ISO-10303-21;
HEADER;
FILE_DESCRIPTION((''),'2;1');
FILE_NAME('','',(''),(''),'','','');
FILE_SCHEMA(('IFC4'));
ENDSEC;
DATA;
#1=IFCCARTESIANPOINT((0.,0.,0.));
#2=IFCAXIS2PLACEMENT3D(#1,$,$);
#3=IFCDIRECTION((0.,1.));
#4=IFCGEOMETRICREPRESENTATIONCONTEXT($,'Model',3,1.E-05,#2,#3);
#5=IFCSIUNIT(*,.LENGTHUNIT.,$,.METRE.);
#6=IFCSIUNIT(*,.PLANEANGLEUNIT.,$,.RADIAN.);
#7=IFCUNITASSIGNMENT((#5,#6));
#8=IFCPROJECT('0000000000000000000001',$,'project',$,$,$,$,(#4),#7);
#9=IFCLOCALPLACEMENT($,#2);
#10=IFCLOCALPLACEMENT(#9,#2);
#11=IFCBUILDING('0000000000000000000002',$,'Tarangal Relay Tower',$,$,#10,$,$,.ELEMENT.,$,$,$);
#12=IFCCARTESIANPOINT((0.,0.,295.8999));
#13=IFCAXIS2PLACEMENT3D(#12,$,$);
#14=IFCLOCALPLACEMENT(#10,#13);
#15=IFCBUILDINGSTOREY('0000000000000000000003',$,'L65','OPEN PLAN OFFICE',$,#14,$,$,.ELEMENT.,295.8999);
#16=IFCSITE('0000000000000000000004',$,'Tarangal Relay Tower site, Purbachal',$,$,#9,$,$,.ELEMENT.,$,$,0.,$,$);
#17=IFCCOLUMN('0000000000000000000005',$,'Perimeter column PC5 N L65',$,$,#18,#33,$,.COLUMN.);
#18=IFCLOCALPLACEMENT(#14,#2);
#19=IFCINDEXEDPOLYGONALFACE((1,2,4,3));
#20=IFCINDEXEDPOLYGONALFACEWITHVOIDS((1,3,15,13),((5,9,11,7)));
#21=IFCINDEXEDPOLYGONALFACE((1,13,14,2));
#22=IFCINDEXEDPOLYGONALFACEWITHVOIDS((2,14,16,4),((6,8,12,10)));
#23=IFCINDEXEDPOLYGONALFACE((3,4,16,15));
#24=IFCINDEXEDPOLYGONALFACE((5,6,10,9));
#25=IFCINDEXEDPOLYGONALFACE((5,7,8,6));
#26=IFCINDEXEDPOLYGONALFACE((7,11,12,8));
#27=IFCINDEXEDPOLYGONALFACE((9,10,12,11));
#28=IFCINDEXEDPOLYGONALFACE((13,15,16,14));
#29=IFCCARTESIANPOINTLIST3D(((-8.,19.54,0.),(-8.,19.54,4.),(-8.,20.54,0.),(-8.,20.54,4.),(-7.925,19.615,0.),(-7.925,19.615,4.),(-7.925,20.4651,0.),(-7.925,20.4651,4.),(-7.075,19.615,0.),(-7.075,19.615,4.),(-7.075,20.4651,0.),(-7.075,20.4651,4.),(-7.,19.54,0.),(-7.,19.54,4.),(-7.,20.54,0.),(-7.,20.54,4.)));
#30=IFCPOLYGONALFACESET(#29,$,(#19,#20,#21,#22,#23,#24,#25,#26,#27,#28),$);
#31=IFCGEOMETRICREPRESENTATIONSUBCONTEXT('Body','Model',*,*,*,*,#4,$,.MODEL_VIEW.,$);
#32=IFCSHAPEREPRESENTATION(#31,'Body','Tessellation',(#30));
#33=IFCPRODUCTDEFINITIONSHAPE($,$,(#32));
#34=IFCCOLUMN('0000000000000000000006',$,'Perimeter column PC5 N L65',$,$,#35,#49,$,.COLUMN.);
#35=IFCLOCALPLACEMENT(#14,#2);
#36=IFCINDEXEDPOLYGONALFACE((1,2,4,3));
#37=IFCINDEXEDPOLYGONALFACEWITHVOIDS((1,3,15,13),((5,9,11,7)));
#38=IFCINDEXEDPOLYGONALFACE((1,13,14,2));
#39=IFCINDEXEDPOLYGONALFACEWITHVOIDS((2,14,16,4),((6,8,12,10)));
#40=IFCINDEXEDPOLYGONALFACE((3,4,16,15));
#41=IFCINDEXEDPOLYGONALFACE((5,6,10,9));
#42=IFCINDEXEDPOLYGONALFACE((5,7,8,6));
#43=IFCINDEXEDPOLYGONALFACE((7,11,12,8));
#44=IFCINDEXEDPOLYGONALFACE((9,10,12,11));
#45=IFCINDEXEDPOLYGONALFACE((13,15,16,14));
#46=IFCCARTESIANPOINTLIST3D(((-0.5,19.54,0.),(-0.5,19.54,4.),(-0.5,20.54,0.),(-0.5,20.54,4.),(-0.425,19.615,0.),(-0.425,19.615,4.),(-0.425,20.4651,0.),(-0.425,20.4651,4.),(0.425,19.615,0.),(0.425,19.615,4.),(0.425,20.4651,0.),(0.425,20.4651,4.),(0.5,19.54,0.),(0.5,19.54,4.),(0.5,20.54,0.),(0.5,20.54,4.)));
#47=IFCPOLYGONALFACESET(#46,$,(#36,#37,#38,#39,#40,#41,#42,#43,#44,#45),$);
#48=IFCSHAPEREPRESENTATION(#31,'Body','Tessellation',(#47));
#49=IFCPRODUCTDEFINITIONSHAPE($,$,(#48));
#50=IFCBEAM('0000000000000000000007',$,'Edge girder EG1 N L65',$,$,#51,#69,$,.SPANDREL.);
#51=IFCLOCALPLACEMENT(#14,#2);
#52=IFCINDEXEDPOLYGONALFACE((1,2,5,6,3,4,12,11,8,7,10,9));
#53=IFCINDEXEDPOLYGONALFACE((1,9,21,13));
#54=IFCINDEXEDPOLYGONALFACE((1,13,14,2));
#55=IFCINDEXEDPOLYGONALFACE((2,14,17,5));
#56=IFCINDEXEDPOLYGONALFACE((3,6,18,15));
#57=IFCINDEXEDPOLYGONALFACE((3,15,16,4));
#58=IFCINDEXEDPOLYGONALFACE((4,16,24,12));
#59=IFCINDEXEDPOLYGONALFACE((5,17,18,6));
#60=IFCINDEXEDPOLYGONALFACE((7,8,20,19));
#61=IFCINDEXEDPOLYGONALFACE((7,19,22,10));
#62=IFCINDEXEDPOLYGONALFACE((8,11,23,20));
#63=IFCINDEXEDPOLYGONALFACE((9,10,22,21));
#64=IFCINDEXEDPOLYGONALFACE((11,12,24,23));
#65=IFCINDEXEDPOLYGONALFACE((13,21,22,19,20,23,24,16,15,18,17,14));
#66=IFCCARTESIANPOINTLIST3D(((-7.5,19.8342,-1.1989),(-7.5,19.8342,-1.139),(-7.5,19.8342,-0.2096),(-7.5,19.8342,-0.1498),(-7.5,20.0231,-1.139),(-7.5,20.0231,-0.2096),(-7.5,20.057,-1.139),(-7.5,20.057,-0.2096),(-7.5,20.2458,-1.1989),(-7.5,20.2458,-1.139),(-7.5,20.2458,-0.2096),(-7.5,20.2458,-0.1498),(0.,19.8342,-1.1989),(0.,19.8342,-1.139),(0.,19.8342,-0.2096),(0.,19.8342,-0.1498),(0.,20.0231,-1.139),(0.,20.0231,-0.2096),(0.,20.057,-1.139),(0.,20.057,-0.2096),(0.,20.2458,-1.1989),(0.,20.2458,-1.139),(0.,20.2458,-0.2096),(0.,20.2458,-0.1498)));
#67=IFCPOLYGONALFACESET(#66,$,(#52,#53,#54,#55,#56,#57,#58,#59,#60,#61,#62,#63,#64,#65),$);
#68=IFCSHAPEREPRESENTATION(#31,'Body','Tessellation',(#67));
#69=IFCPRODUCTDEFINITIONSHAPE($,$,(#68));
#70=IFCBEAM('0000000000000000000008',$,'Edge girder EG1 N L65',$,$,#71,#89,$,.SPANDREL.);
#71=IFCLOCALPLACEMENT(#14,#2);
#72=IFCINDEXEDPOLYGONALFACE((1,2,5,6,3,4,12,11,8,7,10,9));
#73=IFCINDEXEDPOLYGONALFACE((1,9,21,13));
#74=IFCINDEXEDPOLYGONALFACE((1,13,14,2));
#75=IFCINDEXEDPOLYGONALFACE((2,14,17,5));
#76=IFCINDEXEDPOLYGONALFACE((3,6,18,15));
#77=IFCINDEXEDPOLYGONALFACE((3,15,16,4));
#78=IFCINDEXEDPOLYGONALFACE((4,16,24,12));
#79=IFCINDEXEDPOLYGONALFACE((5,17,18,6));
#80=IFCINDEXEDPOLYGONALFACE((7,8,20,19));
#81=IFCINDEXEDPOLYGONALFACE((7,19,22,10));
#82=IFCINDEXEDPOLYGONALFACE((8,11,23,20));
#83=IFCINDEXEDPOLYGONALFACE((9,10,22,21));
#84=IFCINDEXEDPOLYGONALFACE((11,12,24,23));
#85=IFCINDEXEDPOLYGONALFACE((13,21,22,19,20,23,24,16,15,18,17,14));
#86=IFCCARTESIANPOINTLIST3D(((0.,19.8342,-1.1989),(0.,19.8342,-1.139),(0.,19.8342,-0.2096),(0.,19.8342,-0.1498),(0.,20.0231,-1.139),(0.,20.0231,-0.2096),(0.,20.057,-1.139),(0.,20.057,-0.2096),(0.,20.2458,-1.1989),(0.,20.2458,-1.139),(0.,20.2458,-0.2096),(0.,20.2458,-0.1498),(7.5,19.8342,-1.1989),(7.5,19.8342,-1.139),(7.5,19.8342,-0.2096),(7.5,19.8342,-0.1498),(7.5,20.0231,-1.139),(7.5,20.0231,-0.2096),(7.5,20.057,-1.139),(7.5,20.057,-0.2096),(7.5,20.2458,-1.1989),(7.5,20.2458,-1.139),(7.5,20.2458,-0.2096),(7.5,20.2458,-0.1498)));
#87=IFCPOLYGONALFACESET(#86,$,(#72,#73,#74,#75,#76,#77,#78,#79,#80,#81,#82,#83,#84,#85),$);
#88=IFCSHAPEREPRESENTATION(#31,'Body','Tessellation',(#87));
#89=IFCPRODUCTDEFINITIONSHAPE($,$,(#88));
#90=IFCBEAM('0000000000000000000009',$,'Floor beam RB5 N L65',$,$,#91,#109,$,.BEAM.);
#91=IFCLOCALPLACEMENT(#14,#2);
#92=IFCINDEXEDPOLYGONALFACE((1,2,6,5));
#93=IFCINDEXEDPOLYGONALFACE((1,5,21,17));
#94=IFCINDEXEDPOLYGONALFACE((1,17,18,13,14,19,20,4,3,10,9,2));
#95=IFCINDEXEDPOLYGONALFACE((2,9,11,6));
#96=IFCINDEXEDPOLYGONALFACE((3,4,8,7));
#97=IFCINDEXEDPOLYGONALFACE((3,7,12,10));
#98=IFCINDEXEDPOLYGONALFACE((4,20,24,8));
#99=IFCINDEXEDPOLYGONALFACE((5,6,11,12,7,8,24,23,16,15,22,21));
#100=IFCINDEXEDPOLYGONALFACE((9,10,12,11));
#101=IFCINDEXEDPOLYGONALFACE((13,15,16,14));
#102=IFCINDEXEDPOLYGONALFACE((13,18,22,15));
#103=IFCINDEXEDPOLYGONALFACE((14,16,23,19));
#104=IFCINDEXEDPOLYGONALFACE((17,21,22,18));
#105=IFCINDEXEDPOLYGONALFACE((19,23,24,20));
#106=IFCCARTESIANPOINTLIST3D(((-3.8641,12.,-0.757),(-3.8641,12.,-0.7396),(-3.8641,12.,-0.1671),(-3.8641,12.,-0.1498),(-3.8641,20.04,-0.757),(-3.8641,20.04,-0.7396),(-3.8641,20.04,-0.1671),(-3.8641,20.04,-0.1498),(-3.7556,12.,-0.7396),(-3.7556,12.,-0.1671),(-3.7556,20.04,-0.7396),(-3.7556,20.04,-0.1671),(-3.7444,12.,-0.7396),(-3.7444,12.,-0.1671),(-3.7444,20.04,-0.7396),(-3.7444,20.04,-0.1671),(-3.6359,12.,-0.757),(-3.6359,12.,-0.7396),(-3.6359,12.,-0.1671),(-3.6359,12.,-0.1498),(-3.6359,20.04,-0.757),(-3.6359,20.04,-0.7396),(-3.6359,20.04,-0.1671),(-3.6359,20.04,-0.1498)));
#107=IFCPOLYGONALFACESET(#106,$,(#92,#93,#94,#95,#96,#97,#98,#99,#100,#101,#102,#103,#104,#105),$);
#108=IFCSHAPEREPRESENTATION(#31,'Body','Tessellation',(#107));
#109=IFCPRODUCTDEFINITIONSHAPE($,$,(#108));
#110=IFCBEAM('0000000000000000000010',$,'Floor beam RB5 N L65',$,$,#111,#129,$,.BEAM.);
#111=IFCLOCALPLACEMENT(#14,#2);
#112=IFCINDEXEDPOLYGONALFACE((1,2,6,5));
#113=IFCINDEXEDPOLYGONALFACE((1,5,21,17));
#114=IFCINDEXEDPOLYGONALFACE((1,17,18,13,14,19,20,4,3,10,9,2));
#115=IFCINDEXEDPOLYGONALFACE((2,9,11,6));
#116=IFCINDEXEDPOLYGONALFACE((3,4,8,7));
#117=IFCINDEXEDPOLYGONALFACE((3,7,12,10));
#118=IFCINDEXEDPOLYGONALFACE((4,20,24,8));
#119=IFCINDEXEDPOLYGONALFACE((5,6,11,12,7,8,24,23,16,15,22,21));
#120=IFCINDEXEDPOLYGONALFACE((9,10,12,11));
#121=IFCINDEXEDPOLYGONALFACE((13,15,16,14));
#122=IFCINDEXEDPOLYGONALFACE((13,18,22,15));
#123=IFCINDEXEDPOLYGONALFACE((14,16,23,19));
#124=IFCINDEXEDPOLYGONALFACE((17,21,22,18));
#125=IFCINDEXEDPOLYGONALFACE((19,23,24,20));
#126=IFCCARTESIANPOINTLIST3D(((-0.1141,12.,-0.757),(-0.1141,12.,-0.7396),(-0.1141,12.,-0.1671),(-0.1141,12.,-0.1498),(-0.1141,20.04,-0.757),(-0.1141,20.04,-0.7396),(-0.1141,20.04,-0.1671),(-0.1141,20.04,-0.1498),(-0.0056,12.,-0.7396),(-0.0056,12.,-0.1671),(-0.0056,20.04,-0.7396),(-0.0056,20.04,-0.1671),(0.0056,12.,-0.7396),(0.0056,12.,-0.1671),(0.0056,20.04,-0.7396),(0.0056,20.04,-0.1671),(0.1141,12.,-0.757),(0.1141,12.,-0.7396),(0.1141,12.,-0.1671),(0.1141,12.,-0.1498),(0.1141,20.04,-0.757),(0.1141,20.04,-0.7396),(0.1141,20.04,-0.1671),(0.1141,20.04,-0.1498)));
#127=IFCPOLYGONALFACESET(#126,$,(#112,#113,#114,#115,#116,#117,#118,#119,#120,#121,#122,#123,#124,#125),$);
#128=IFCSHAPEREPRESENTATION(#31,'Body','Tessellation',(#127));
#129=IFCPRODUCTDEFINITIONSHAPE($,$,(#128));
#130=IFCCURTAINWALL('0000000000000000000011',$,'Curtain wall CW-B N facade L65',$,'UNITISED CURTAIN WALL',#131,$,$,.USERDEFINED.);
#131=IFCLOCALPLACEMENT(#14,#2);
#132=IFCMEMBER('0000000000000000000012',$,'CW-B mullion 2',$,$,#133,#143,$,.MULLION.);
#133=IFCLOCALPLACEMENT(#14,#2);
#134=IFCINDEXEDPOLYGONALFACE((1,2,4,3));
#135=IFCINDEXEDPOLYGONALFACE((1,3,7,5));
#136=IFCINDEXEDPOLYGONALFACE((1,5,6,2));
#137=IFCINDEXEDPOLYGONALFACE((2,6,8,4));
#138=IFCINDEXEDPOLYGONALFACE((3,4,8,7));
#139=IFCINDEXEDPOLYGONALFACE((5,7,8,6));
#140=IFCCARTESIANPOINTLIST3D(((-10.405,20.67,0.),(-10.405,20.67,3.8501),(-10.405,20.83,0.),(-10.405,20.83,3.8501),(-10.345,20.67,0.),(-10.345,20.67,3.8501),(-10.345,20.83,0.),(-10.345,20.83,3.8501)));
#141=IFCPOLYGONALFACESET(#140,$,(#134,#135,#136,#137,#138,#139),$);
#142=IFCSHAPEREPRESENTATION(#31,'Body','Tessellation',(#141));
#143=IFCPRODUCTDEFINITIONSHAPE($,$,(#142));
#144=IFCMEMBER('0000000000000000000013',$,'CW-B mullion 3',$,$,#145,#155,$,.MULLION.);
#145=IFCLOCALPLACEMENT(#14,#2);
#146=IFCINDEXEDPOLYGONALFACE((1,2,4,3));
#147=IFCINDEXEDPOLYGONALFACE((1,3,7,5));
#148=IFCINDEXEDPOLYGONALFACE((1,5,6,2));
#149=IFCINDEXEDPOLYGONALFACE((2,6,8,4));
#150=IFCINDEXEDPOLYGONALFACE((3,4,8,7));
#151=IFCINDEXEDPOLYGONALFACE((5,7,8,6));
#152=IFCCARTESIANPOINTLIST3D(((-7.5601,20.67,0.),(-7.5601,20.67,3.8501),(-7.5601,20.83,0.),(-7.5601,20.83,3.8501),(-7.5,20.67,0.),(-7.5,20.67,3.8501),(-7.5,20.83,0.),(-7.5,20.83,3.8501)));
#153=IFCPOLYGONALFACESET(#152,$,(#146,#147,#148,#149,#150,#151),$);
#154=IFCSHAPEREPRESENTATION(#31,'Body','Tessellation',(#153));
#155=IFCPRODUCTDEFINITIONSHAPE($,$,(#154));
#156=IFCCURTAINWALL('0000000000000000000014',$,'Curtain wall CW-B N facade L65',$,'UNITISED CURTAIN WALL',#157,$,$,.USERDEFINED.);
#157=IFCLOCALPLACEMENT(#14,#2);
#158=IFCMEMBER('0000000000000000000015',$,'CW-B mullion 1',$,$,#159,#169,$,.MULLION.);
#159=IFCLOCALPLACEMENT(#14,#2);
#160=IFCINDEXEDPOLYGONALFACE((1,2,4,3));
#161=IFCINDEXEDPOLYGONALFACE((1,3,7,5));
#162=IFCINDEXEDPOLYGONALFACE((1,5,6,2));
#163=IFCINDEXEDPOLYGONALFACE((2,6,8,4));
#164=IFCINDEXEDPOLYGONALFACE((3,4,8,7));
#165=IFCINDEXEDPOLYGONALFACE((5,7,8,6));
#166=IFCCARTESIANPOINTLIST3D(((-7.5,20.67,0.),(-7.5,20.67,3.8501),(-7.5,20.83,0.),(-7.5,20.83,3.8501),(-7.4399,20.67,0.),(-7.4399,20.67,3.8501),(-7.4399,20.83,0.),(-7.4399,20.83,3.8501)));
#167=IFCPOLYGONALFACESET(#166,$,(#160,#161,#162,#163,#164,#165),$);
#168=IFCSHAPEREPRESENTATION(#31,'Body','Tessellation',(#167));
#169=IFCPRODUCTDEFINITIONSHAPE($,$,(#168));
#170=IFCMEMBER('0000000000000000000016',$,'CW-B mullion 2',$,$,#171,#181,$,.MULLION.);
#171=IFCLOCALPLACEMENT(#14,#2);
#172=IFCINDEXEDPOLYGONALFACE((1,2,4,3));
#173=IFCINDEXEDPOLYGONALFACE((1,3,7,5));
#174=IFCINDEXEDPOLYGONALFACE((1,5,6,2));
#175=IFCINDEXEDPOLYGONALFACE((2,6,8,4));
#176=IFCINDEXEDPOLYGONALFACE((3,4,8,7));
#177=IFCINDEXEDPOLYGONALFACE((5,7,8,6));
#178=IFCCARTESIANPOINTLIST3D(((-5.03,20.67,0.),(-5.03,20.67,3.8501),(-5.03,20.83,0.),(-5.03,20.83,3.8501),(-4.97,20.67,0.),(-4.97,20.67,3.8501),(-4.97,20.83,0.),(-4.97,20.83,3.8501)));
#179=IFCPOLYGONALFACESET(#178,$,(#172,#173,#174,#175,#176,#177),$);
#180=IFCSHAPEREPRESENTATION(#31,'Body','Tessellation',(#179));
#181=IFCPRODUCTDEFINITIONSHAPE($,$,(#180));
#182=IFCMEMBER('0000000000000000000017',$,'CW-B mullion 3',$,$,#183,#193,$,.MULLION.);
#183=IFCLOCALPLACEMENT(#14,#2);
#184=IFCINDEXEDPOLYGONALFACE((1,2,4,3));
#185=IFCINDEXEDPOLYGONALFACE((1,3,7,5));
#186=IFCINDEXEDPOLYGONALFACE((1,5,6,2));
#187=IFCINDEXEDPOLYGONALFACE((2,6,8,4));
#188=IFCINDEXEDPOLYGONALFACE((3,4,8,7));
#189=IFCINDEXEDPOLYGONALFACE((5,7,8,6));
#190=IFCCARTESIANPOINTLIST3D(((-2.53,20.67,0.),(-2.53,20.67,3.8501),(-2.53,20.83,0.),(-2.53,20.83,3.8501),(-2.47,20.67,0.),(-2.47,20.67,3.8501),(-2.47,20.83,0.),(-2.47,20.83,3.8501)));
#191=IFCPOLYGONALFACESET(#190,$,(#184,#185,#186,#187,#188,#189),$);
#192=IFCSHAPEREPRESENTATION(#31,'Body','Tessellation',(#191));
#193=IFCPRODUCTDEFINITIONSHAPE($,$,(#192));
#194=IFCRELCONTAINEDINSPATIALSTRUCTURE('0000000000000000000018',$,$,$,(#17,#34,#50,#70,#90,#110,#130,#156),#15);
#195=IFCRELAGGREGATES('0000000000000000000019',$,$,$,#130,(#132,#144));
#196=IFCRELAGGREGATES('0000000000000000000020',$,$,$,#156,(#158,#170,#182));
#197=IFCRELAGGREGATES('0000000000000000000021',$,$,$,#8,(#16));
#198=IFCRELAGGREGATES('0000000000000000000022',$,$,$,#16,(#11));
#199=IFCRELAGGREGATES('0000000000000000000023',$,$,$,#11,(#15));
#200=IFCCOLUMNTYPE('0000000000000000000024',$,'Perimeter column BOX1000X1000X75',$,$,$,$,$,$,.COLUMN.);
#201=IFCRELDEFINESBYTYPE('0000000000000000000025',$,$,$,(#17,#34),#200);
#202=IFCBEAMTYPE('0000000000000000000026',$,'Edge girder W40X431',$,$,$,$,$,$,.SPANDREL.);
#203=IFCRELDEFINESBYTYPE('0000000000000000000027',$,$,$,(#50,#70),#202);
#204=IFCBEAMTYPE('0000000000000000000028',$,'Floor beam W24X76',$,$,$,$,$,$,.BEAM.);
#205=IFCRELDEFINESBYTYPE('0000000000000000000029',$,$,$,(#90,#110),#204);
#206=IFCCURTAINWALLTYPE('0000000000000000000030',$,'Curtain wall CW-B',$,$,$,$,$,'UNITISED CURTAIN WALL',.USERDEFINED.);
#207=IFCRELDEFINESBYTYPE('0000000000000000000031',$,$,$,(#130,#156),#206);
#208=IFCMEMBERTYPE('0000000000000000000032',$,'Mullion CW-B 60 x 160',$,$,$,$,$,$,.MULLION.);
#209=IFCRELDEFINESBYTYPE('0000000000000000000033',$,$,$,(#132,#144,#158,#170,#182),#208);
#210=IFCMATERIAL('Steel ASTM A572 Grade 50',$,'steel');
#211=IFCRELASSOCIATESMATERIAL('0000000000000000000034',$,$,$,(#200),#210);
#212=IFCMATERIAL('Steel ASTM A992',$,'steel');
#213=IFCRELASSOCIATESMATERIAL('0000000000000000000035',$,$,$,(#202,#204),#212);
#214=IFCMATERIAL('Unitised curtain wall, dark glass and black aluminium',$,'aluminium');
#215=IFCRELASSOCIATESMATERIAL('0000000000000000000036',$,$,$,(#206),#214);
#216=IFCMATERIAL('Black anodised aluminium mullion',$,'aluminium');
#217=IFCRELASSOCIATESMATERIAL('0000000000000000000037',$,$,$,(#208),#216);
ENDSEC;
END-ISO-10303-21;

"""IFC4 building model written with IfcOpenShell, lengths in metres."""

from ifc_helpers import new_model, si_unit, direction, frame, origin, origin_2d, place, context, subcontext, project, spatial, rectangle, hollow_rectangle, i_section, extrude, material, material_profile, profile_set, type_object, element, aggregate, save


model = new_model("IFC4")

# Units and contexts
model_context = context("Model", 3, precision=1e-05, world=origin(), true_north=direction((0.0, 1.0)))
body_context = subcontext(model_context, "Body", "Model", "MODEL_VIEW")
ifc_project = project(units=[si_unit("LENGTHUNIT", "METRE"), si_unit("PLANEANGLEUNIT", "RADIAN")], contexts=[model_context])

# Site, building, storey
site_placement = place(None, origin())
site = spatial("IfcSite", under=ifc_project, at=site_placement, Name="Tarangal Relay Tower site, Purbachal", CompositionType="ELEMENT", RefElevation=0.0)
building_placement = place(site_placement, origin())
building = spatial("IfcBuilding", under=site, at=building_placement, Name="Tarangal Relay Tower", CompositionType="ELEMENT")
storey_placement = place(building_placement, frame((0.0, 0.0, 295.8999)))
storey = spatial("IfcBuildingStorey", under=building, at=storey_placement, Name="L65", Description="OPEN PLAN OFFICE", CompositionType="ELEMENT", Elevation=295.8999)

# Columns
ifc_material_1 = material(Name="Steel ASTM A572 Grade 50", Category="steel")
ifc_material_profile_1 = material_profile(ifc_material_1, hollow_rectangle(XDim=1.0, YDim=1.0, WallThickness=0.075, at=origin_2d()), Name="BOX1000X1000X75")
ifc_profile_set_1 = profile_set([ifc_material_profile_1], Name="Steel ASTM A572 Grade 50")
column_type = type_object("IfcColumnType", Name="Perimeter column BOX1000X1000X75", PredefinedType="COLUMN", material=ifc_profile_set_1)
for number, where, z_axis, x_axis, name in (
    (1, (-7.5, 20.04, 0.0), (0.0, 0.0, 1.0), (1.0, 0.0, 0.0), "Perimeter column PC5 N L65"),
    (2, (0.0, 20.04, 0.0), (0.0, 0.0, 1.0), (1.0, 0.0, 0.0), "Perimeter column PC5 N L65"),
):
    element("IfcColumn", number, at=place(storey_placement, frame(where, z_axis=z_axis, x_axis=x_axis)), inside=storey, type_object=column_type, Name=name, PredefinedType="COLUMN", context=body_context, shape_type="SweptSolid", body=[
        extrude(hollow_rectangle(XDim=1.0, YDim=1.0, WallThickness=0.075, at=origin_2d()), origin(), (0.0, 0.0, 1.0), 4.0),
    ])

# Beams
ifc_material_2 = material(Name="Steel ASTM A992", Category="steel")
ifc_material_profile_2 = material_profile(ifc_material_2, i_section(OverallWidth=0.4116, OverallDepth=1.0491, WebThickness=0.0339, FlangeThickness=0.0598, at=origin_2d()), Name="W40X431")
ifc_profile_set_2 = profile_set([ifc_material_profile_2], Name="Steel ASTM A992")
beam_type_1 = type_object("IfcBeamType", Name="Edge girder W40X431", PredefinedType="SPANDREL", material=ifc_profile_set_2)
for number, where, z_axis, x_axis, name in (
    (3, (-7.5, 20.04, -0.6743), (1.0, 0.0, 0.0), (0.0, 1.0, 0.0), "Edge girder EG1 N L65"),
    (4, (0.0, 20.04, -0.6743), (1.0, 0.0, 0.0), (0.0, 1.0, 0.0), "Edge girder EG1 N L65"),
):
    element("IfcBeam", number, at=place(storey_placement, frame(where, z_axis=z_axis, x_axis=x_axis)), inside=storey, type_object=beam_type_1, Name=name, PredefinedType="SPANDREL", context=body_context, shape_type="SweptSolid", body=[
        extrude(i_section(OverallWidth=0.4116, OverallDepth=1.0491, WebThickness=0.0339, FlangeThickness=0.0598, at=origin_2d()), origin(), (0.0, 0.0, 1.0), 7.5),
    ])
ifc_material_profile_3 = material_profile(ifc_material_2, i_section(OverallWidth=0.2283, OverallDepth=0.6072, WebThickness=0.0112, FlangeThickness=0.0173, at=origin_2d()), Name="W24X76")
ifc_profile_set_3 = profile_set([ifc_material_profile_3], Name="Steel ASTM A992")
beam_type_2 = type_object("IfcBeamType", Name="Floor beam W24X76", PredefinedType="BEAM", material=ifc_profile_set_3)
for number, where, z_axis, x_axis, name in (
    (5, (-3.75, 12.0, -0.4534), (0.0, 1.0, 0.0), (-1.0, 0.0, 0.0), "Floor beam RB5 N L65"),
    (6, (0.0, 12.0, -0.4534), (0.0, 1.0, 0.0), (-1.0, 0.0, 0.0), "Floor beam RB5 N L65"),
):
    element("IfcBeam", number, at=place(storey_placement, frame(where, z_axis=z_axis, x_axis=x_axis)), inside=storey, type_object=beam_type_2, Name=name, PredefinedType="BEAM", context=body_context, shape_type="SweptSolid", body=[
        extrude(i_section(OverallWidth=0.2283, OverallDepth=0.6072, WebThickness=0.0112, FlangeThickness=0.0173, at=origin_2d()), origin(), (0.0, 0.0, 1.0), 8.04),
    ])

# Curtain walls, members
ifc_material_3 = material(Name="Unitised curtain wall, dark glass and black aluminium", Category="aluminium")
curtain_wall_type = type_object("IfcCurtainWallType", Name="Curtain wall CW-B", ElementType="UNITISED CURTAIN WALL", PredefinedType="USERDEFINED", material=ifc_material_3)
curtain_wall_1_placement = place(storey_placement, origin())
curtain_wall_1 = element("IfcCurtainWall", 7, at=curtain_wall_1_placement, inside=storey, type_object=curtain_wall_type, Name="Curtain wall CW-B N facade L65", ObjectType="UNITISED CURTAIN WALL", PredefinedType="USERDEFINED")
ifc_material_4 = material(Name="Black anodised aluminium mullion", Category="aluminium")
ifc_material_profile_4 = material_profile(ifc_material_4, rectangle(XDim=0.1599, YDim=0.0601, at=origin_2d()), Name="CW-BM 60X160")
ifc_profile_set_4 = profile_set([ifc_material_profile_4], Name="Black anodised aluminium mullion")
member_type_1 = type_object("IfcMemberType", Name="Mullion CW-B 60 x 160", PredefinedType="MULLION", material=ifc_profile_set_4)
member_1_placement = place(storey_placement, frame((-10.375, 20.75, 0.0), z_axis=(0.0, 0.0, 1.0), x_axis=(0.0, 1.0, 0.0)))
member_1 = element("IfcMember", 8, at=member_1_placement, type_object=member_type_1, Name="CW-B mullion 2", PredefinedType="MULLION", context=body_context, shape_type="SweptSolid", body=[
    extrude(rectangle(XDim=0.1599, YDim=0.0601, at=origin_2d()), origin(), (0.0, 0.0, 1.0), 3.8501),
])
member_2_placement = place(storey_placement, frame((-7.53, 20.75, 0.0), z_axis=(0.0, 0.0, 1.0), x_axis=(0.0, 1.0, 0.0)))
member_2 = element("IfcMember", 9, at=member_2_placement, type_object=member_type_1, Name="CW-B mullion 3", PredefinedType="MULLION", context=body_context, shape_type="SweptSolid", body=[
    extrude(rectangle(XDim=0.1599, YDim=0.0601, at=origin_2d()), origin(), (0.0, 0.0, 1.0), 3.8501),
])
curtain_wall_2_placement = place(storey_placement, origin())
curtain_wall_2 = element("IfcCurtainWall", 10, at=curtain_wall_2_placement, inside=storey, type_object=curtain_wall_type, Name="Curtain wall CW-B N facade L65", ObjectType="UNITISED CURTAIN WALL", PredefinedType="USERDEFINED")
member_3_placement = place(storey_placement, frame((-7.47, 20.75, 0.0), z_axis=(0.0, 0.0, 1.0), x_axis=(0.0, 1.0, 0.0)))
member_3 = element("IfcMember", 11, at=member_3_placement, type_object=member_type_1, Name="CW-B mullion 1", PredefinedType="MULLION", context=body_context, shape_type="SweptSolid", body=[
    extrude(rectangle(XDim=0.1599, YDim=0.0601, at=origin_2d()), origin(), (0.0, 0.0, 1.0), 3.8501),
])
member_4_placement = place(storey_placement, frame((-5.0, 20.75, 0.0), z_axis=(0.0, 0.0, 1.0), x_axis=(0.0, 1.0, 0.0)))
member_4 = element("IfcMember", 12, at=member_4_placement, type_object=member_type_1, Name="CW-B mullion 2", PredefinedType="MULLION", context=body_context, shape_type="SweptSolid", body=[
    extrude(rectangle(XDim=0.1599, YDim=0.0601, at=origin_2d()), origin(), (0.0, 0.0, 1.0), 3.8501),
])
member_5_placement = place(storey_placement, frame((-2.5, 20.75, 0.0), z_axis=(0.0, 0.0, 1.0), x_axis=(0.0, 1.0, 0.0)))
member_5 = element("IfcMember", 13, at=member_5_placement, type_object=member_type_1, Name="CW-B mullion 3", PredefinedType="MULLION", context=body_context, shape_type="SweptSolid", body=[
    extrude(rectangle(XDim=0.1599, YDim=0.0601, at=origin_2d()), origin(), (0.0, 0.0, 1.0), 3.8501),
])

aggregate(curtain_wall_1, [member_1, member_2])
aggregate(curtain_wall_2, [member_3, member_4, member_5])

save(model, "model.ifc")
